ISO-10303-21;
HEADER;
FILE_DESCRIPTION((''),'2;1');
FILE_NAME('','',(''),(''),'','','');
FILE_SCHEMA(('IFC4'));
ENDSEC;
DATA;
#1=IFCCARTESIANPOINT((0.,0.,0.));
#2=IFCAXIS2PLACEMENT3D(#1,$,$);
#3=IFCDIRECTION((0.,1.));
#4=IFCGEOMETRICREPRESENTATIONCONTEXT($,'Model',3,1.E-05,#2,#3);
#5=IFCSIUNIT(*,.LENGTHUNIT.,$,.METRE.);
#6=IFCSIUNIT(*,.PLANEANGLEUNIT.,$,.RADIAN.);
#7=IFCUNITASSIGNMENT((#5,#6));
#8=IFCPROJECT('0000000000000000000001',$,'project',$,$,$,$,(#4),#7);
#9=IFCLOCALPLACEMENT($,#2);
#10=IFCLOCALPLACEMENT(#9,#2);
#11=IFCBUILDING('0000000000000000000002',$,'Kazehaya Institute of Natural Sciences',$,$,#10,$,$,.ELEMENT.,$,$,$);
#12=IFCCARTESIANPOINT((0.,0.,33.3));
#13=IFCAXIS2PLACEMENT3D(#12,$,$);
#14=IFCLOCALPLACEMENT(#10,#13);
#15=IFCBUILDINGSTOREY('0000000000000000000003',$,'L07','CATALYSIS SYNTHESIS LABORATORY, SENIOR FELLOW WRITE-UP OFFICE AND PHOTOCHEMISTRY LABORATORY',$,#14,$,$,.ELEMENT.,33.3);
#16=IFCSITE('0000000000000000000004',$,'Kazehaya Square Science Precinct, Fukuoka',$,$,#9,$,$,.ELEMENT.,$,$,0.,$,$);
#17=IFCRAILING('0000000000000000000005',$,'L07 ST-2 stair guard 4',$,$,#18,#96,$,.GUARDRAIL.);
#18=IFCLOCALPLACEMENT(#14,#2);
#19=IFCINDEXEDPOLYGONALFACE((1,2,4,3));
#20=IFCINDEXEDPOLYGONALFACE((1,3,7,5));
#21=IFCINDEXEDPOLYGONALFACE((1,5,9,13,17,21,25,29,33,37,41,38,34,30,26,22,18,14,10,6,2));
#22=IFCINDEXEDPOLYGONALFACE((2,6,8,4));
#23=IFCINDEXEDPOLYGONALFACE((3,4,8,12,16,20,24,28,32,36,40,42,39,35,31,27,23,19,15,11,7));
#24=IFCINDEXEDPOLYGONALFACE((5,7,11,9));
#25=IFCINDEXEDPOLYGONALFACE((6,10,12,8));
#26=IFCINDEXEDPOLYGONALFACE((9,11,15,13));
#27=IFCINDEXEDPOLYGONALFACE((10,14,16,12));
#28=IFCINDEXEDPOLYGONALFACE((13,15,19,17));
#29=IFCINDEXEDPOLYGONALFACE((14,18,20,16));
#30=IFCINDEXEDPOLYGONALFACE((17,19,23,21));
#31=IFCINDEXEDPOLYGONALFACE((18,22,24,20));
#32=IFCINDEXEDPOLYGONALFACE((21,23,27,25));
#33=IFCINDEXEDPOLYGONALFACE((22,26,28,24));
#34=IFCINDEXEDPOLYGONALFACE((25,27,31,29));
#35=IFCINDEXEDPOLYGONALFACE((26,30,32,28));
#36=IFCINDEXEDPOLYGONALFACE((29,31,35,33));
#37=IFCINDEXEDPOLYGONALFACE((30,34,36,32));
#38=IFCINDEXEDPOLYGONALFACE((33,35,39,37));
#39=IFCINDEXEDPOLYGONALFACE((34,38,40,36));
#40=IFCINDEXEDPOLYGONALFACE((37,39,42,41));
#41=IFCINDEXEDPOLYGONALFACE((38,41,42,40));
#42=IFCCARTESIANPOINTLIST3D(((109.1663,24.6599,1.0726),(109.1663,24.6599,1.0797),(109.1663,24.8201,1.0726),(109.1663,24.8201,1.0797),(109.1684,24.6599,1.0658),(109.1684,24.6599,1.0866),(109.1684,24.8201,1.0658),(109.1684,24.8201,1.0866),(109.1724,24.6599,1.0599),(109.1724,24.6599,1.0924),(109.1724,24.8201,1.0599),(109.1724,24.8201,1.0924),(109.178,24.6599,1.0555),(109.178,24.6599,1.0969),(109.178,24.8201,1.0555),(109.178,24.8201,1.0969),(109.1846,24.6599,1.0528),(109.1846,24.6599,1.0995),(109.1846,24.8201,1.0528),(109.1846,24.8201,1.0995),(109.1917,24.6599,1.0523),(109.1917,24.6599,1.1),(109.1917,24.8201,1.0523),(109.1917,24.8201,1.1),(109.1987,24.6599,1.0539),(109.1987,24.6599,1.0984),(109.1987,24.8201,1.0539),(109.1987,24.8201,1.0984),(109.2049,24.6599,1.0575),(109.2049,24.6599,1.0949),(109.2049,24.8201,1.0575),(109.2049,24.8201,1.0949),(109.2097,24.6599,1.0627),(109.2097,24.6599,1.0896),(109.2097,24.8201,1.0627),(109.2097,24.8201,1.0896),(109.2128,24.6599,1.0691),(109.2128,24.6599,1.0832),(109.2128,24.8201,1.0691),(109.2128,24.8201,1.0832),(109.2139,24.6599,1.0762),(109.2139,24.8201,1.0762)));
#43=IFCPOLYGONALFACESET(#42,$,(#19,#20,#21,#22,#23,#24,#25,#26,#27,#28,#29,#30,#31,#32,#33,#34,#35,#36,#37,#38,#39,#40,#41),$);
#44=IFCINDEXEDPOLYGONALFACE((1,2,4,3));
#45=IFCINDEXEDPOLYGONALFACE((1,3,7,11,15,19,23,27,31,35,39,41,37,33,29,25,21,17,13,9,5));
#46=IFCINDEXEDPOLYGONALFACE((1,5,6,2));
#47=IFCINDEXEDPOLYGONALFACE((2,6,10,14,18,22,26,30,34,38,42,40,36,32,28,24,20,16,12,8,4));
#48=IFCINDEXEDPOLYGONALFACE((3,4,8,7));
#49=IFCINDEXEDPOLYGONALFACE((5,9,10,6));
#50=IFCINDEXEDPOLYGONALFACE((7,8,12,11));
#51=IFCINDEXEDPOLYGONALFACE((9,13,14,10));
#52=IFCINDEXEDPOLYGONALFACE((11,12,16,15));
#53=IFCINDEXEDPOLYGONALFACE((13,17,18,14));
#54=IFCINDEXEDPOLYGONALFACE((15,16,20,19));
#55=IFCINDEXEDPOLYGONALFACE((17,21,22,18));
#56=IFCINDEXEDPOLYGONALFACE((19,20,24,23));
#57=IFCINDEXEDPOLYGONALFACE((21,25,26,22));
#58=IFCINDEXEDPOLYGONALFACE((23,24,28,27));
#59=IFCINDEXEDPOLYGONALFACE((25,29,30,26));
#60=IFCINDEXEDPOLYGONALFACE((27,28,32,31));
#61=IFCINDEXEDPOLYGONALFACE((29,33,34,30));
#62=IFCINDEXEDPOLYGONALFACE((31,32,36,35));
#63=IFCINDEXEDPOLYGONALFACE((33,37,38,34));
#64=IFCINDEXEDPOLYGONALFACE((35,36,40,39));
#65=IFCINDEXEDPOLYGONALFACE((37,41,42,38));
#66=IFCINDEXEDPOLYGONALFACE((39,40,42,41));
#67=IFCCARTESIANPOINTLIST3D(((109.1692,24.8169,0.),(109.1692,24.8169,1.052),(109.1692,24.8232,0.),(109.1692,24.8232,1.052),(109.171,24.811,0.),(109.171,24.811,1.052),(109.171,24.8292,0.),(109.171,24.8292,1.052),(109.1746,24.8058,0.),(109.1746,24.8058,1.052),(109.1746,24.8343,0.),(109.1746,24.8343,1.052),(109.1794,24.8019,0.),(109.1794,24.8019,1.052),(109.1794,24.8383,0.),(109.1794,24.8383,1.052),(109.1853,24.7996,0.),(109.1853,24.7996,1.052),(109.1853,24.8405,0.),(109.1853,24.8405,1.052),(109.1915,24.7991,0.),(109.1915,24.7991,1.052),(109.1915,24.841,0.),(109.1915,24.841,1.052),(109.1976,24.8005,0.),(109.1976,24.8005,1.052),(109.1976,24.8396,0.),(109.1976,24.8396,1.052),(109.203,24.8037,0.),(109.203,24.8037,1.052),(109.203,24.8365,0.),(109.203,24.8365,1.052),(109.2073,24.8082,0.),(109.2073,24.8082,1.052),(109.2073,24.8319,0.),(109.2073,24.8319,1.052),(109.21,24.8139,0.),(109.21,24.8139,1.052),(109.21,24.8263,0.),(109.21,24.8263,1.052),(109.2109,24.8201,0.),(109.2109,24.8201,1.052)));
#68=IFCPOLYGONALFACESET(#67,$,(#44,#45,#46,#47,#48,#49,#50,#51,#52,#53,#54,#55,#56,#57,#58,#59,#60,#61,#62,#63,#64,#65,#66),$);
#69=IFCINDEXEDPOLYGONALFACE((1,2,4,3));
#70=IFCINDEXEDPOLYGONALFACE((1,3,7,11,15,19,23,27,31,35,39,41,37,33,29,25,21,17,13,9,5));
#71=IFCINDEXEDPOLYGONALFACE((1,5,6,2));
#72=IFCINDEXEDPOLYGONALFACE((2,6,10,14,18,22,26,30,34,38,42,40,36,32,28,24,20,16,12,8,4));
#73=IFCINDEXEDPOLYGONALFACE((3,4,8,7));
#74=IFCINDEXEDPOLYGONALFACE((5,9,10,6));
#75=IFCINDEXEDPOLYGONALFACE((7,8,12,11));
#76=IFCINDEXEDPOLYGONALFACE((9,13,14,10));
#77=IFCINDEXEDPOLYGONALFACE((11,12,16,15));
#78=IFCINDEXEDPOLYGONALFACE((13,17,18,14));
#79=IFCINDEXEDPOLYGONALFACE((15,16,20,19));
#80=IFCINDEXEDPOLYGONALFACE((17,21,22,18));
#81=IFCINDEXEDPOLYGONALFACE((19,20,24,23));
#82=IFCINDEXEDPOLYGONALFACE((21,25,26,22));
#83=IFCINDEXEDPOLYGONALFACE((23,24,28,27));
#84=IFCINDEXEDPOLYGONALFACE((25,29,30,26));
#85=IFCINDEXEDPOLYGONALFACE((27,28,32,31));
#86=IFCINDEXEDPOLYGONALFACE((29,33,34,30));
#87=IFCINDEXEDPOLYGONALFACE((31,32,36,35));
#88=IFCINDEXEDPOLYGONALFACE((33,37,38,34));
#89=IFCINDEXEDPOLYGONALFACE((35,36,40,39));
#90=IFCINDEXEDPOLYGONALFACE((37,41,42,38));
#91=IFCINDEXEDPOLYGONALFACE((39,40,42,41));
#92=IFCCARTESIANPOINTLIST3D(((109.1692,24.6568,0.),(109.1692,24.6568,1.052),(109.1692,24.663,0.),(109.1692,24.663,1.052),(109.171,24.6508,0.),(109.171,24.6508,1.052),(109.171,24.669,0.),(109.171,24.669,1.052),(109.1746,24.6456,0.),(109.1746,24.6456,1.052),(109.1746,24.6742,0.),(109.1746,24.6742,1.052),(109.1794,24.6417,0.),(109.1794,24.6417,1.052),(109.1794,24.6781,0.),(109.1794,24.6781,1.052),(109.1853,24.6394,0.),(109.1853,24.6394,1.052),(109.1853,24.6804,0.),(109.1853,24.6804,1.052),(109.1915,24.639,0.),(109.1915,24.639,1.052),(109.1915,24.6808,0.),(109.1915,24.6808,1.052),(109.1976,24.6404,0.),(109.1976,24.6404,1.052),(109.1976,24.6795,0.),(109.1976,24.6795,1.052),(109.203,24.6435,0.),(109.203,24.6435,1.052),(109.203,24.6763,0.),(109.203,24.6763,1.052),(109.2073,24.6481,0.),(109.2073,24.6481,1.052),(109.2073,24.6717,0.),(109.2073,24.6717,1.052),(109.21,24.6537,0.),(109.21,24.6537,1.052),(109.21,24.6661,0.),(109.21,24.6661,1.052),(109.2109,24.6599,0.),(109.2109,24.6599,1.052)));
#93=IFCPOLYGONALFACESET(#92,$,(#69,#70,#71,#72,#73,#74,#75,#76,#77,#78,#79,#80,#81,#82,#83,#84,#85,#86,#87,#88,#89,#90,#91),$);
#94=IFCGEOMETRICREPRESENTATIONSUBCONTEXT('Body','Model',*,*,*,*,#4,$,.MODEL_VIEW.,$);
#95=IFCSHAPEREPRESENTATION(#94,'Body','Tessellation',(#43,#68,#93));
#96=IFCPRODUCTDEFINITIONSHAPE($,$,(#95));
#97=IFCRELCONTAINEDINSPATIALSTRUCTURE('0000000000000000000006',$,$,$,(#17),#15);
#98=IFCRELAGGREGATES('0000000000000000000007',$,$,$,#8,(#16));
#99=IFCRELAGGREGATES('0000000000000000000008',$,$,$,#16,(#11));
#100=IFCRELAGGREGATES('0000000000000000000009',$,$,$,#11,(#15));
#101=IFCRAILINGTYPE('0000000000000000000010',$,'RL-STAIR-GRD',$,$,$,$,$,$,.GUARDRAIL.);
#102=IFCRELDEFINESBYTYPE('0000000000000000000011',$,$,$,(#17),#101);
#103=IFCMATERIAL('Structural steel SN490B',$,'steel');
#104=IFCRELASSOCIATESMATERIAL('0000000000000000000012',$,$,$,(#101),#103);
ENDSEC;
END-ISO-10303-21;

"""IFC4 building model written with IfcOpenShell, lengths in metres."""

from ifc_helpers import new_model, si_unit, direction, frame, origin, origin_2d, place, context, subcontext, project, spatial, circle, extrude, material, type_object, element, save


model = new_model("IFC4")

# Units and contexts
model_context = context("Model", 3, precision=1e-05, world=origin(), true_north=direction((0.0, 1.0)))
body_context = subcontext(model_context, "Body", "Model", "MODEL_VIEW")
ifc_project = project(units=[si_unit("LENGTHUNIT", "METRE"), si_unit("PLANEANGLEUNIT", "RADIAN")], contexts=[model_context])

# Site, building, storey
site_placement = place(None, origin())
site = spatial("IfcSite", under=ifc_project, at=site_placement, Name="Kazehaya Square Science Precinct, Fukuoka", CompositionType="ELEMENT", RefElevation=0.0)
building_placement = place(site_placement, origin())
building = spatial("IfcBuilding", under=site, at=building_placement, Name="Kazehaya Institute of Natural Sciences", CompositionType="ELEMENT")
storey_placement = place(building_placement, frame((0.0, 0.0, 33.3)))
storey = spatial("IfcBuildingStorey", under=building, at=storey_placement, Name="L07", Description="CATALYSIS SYNTHESIS LABORATORY, SENIOR FELLOW WRITE-UP OFFICE AND PHOTOCHEMISTRY LABORATORY", CompositionType="ELEMENT", Elevation=33.3)

# Railing
ifc_material_1 = material(Name="Structural steel SN490B", Category="steel")
railing_type_1 = type_object("IfcRailingType", Name="RL-STAIR-GRD", PredefinedType="GUARDRAIL", material=ifc_material_1)
railing_1_placement = place(storey_placement, frame((109.1899, 24.8201, 0.0)))
element("IfcRailing", 1, at=railing_1_placement, inside=storey, type_object=railing_type_1, Name="L07 ST-2 stair guard 4", PredefinedType="GUARDRAIL", context=body_context, shape_type="SweptSolid", body=[
    extrude(circle(Radius=0.0239, at=origin_2d()), frame((0.0, 0.0, 1.0762), z_axis=(0.0, -1.0, 0.0), x_axis=(1.0, 0.0, 0.0)), (0.0, 0.0, 1.0), 0.1602),
    extrude(circle(Radius=0.021, at=origin_2d()), origin(), (0.0, 0.0, 1.0), 1.052),
    extrude(circle(Radius=0.021, at=origin_2d()), frame((0.0, -0.1602, 0.0)), (0.0, 0.0, 1.0), 1.052),
])

save(model, "model.ifc")
